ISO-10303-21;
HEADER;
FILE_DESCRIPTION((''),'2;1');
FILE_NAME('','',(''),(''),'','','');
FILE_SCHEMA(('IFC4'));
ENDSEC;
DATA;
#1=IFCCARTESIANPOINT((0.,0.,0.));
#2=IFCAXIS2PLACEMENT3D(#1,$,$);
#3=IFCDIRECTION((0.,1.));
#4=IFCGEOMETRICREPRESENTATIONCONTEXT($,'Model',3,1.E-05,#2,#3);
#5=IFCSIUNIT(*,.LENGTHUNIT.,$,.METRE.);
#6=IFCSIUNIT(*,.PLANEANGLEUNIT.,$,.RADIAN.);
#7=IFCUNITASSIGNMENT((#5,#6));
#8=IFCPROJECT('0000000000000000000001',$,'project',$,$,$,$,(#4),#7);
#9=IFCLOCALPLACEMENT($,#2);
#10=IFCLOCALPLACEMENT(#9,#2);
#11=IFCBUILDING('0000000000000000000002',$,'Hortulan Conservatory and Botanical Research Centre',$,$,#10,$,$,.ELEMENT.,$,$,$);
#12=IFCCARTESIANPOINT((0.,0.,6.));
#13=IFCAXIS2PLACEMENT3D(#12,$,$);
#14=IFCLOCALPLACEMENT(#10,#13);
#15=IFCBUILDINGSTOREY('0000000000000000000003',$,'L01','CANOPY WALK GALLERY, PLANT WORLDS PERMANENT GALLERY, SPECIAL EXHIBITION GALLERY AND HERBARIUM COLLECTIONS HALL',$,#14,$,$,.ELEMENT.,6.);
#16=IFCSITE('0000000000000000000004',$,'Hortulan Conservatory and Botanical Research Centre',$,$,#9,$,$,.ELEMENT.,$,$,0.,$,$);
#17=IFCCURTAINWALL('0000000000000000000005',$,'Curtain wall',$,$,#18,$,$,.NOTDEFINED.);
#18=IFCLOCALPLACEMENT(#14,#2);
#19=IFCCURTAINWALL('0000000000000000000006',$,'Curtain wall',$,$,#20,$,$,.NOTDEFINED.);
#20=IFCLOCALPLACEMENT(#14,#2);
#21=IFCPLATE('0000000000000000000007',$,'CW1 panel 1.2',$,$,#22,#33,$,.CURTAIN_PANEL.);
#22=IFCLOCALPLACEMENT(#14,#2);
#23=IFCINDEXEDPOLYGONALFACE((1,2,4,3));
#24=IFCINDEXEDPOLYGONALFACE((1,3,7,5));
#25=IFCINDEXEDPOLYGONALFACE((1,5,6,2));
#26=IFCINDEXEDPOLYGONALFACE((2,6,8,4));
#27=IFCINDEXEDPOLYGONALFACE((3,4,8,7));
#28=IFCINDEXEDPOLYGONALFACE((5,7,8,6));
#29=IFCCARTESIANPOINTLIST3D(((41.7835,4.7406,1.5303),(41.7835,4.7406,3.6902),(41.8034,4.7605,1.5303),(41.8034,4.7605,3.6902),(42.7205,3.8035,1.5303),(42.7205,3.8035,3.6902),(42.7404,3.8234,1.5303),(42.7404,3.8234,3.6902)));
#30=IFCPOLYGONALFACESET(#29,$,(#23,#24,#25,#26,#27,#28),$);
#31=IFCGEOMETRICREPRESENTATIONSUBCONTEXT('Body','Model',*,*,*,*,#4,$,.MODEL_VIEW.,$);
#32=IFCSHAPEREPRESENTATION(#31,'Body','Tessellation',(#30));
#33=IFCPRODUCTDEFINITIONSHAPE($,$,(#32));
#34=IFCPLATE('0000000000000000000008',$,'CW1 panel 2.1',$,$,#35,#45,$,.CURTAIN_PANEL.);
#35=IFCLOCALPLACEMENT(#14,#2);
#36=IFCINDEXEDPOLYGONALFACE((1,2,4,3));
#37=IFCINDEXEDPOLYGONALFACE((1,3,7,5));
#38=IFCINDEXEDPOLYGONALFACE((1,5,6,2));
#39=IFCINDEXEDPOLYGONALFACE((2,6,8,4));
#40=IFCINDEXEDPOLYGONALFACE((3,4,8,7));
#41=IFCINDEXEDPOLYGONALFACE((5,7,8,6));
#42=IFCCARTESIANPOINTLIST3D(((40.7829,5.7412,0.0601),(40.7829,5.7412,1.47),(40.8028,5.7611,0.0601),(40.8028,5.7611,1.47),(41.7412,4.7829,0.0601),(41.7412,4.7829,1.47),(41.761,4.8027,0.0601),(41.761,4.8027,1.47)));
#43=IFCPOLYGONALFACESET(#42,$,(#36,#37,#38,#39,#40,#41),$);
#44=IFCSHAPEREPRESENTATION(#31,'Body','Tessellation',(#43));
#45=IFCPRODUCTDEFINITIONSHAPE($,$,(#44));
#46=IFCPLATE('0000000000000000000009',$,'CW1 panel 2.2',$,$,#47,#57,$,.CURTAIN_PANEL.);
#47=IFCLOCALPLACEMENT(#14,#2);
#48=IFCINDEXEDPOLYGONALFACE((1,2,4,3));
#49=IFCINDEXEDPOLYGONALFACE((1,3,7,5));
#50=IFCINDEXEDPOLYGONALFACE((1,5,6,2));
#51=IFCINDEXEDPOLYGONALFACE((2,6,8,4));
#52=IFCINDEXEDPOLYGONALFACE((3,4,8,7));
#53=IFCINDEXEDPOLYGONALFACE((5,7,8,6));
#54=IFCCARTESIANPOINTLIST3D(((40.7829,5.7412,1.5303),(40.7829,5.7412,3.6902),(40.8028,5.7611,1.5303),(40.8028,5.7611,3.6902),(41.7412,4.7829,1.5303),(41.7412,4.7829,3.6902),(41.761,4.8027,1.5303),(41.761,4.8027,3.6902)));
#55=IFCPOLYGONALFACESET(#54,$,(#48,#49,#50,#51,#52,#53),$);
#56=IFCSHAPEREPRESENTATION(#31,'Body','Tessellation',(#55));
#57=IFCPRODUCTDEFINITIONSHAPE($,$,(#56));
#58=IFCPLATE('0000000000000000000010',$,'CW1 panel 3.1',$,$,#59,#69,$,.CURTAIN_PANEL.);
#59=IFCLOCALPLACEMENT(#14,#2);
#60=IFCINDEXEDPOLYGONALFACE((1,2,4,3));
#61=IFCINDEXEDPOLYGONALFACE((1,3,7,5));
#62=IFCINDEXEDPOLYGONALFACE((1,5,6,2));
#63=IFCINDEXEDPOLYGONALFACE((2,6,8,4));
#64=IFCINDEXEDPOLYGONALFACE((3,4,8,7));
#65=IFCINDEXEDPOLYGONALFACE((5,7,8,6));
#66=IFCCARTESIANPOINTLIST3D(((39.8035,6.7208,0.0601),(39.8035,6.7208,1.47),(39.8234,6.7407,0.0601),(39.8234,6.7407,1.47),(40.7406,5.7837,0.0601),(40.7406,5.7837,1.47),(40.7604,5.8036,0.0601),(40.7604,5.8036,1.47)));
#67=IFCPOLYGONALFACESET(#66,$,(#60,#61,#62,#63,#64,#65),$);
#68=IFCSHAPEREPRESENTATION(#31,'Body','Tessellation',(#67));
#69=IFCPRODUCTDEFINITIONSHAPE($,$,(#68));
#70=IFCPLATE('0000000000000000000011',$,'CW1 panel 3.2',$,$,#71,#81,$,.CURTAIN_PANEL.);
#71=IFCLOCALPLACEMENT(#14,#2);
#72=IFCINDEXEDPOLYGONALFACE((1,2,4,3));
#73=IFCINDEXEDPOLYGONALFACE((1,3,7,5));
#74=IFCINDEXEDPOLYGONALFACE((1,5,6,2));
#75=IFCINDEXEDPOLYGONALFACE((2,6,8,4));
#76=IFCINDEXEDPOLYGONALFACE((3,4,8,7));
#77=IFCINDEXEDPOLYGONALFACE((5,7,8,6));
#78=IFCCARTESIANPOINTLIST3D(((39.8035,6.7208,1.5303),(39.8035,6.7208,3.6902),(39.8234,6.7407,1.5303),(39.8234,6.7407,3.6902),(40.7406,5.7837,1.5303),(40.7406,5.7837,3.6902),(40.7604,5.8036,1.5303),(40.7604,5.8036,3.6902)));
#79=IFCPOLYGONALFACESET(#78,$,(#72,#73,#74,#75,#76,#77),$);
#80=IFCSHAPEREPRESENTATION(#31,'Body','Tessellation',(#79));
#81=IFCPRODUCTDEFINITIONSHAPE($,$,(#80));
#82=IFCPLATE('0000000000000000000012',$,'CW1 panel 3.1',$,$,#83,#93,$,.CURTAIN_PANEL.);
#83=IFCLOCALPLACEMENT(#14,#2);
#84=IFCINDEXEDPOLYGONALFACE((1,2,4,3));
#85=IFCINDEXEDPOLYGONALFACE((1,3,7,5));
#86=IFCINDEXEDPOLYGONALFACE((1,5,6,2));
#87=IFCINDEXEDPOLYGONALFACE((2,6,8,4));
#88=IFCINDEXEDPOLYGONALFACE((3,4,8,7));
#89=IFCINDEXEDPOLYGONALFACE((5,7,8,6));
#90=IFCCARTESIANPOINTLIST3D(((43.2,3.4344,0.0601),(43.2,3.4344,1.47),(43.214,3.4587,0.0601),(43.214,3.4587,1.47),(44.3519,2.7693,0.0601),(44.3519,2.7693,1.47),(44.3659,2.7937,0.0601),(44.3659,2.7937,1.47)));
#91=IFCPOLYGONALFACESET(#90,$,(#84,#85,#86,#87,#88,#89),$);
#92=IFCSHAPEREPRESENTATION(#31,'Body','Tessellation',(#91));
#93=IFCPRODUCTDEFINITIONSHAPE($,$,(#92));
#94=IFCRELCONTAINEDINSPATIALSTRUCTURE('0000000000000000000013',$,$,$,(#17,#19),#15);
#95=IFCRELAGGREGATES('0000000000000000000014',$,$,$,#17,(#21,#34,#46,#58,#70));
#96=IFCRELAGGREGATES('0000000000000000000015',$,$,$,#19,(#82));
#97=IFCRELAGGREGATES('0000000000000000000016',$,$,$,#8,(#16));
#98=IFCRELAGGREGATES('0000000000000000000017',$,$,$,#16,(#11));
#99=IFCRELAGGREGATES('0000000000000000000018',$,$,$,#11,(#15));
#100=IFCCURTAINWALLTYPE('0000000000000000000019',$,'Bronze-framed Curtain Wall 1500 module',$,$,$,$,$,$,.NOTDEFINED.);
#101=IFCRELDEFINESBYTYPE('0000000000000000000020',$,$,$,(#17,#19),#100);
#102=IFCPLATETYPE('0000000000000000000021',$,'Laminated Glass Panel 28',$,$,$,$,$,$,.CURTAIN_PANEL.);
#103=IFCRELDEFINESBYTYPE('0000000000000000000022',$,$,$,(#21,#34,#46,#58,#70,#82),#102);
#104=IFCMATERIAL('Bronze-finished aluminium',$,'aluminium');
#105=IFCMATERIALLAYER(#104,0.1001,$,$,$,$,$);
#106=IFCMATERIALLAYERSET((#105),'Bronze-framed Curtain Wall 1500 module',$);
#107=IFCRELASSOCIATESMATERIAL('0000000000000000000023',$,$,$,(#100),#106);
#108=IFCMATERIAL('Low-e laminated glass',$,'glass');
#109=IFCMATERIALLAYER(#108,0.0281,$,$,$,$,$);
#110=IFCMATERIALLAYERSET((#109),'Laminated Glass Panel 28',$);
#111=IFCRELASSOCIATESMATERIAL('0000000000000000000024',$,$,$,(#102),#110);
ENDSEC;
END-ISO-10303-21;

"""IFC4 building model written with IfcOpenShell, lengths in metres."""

from ifc_helpers import new_model, si_unit, direction, frame, origin, origin_2d, place, context, subcontext, project, spatial, rectangle, extrude, material, layer, layer_set, type_object, element, aggregate, save


model = new_model("IFC4")

# Units and contexts
model_context = context("Model", 3, precision=1e-05, world=origin(), true_north=direction((0.0, 1.0)))
body_context = subcontext(model_context, "Body", "Model", "MODEL_VIEW")
ifc_project = project(units=[si_unit("LENGTHUNIT", "METRE"), si_unit("PLANEANGLEUNIT", "RADIAN")], contexts=[model_context])

# Site, building, storey
site_placement = place(None, origin())
site = spatial("IfcSite", under=ifc_project, at=site_placement, Name="Hortulan Conservatory and Botanical Research Centre", CompositionType="ELEMENT", RefElevation=0.0)
building_placement = place(site_placement, origin())
building = spatial("IfcBuilding", under=site, at=building_placement, Name="Hortulan Conservatory and Botanical Research Centre", CompositionType="ELEMENT")
storey_placement = place(building_placement, frame((0.0, 0.0, 6.0)))
storey = spatial("IfcBuildingStorey", under=building, at=storey_placement, Name="L01", Description="CANOPY WALK GALLERY, PLANT WORLDS PERMANENT GALLERY, SPECIAL EXHIBITION GALLERY AND HERBARIUM COLLECTIONS HALL", CompositionType="ELEMENT", Elevation=6.0)

# Shared definitions
ifc_material_1 = material(Name="Bronze-finished aluminium", Category="aluminium")
ifc_layer_1 = layer(ifc_material_1, 0.1001)
ifc_layer_set_1 = layer_set([ifc_layer_1], Name="Bronze-framed Curtain Wall 1500 module")
curtain_wall_type = type_object("IfcCurtainWallType", Name="Bronze-framed Curtain Wall 1500 module", PredefinedType="NOTDEFINED", material=ifc_layer_set_1)

# Curtain wall
curtain_wall_1_placement = place(storey_placement, origin())
curtain_wall_1 = element("IfcCurtainWall", 1, at=curtain_wall_1_placement, inside=storey, type_object=curtain_wall_type, Name="Curtain wall", PredefinedType="NOTDEFINED")

# Curtain wall
curtain_wall_2_placement = place(storey_placement, origin())
curtain_wall_2 = element("IfcCurtainWall", 2, at=curtain_wall_2_placement, inside=storey, type_object=curtain_wall_type, Name="Curtain wall", PredefinedType="NOTDEFINED")

# Plates
ifc_material_2 = material(Name="Low-e laminated glass", Category="glass")
ifc_layer_2 = layer(ifc_material_2, 0.0281)
ifc_layer_set_2 = layer_set([ifc_layer_2], Name="Laminated Glass Panel 28")
plate_type = type_object("IfcPlateType", Name="Laminated Glass Panel 28", PredefinedType="CURTAIN_PANEL", material=ifc_layer_set_2)
plate_1_placement = place(storey_placement, frame((42.262, 4.282, 1.5303), z_axis=(0.0, 0.0, 1.0), x_axis=(-0.707083, 0.70713, 0.0)))
plate_1 = element("IfcPlate", 3, at=plate_1_placement, type_object=plate_type, Name="CW1 panel 1.2", PredefinedType="CURTAIN_PANEL", context=body_context, shape_type="SweptSolid", body=[
    extrude(rectangle(XDim=1.3252, YDim=0.0281, at=origin_2d()), origin(), (0.0, 0.0, 1.0), 2.1599),
])
plate_2_placement = place(storey_placement, frame((41.272, 5.272, 0.0601), z_axis=(0.0, 0.0, 1.0), x_axis=(-0.707083, 0.70713, 0.0)))
plate_2 = element("IfcPlate", 4, at=plate_2_placement, type_object=plate_type, Name="CW1 panel 2.1", PredefinedType="CURTAIN_PANEL", context=body_context, shape_type="SweptSolid", body=[
    extrude(rectangle(XDim=1.3552, YDim=0.0281, at=origin_2d()), origin(), (0.0, 0.0, 1.0), 1.4099),
])
plate_3_placement = place(storey_placement, frame((41.272, 5.272, 1.5303), z_axis=(0.0, 0.0, 1.0), x_axis=(-0.707083, 0.70713, 0.0)))
plate_3 = element("IfcPlate", 5, at=plate_3_placement, type_object=plate_type, Name="CW1 panel 2.2", PredefinedType="CURTAIN_PANEL", context=body_context, shape_type="SweptSolid", body=[
    extrude(rectangle(XDim=1.3552, YDim=0.0281, at=origin_2d()), origin(), (0.0, 0.0, 1.0), 2.1599),
])
plate_4_placement = place(storey_placement, frame((40.282, 6.2622, 0.0601), z_axis=(0.0, 0.0, 1.0), x_axis=(-0.707083, 0.70713, 0.0)))
plate_4 = element("IfcPlate", 6, at=plate_4_placement, type_object=plate_type, Name="CW1 panel 3.1", PredefinedType="CURTAIN_PANEL", context=body_context, shape_type="SweptSolid", body=[
    extrude(rectangle(XDim=1.3252, YDim=0.0281, at=origin_2d()), origin(), (0.0, 0.0, 1.0), 1.4099),
])
plate_5_placement = place(storey_placement, frame((40.282, 6.2622, 1.5303), z_axis=(0.0, 0.0, 1.0), x_axis=(-0.707083, 0.70713, 0.0)))
plate_5 = element("IfcPlate", 7, at=plate_5_placement, type_object=plate_type, Name="CW1 panel 3.2", PredefinedType="CURTAIN_PANEL", context=body_context, shape_type="SweptSolid", body=[
    extrude(rectangle(XDim=1.3252, YDim=0.0281, at=origin_2d()), origin(), (0.0, 0.0, 1.0), 2.1599),
])
aggregate(curtain_wall_1, [plate_1, plate_2, plate_3, plate_4, plate_5])
plate_6_placement = place(storey_placement, frame((43.783, 3.114, 0.0601), z_axis=(0.0, 0.0, 1.0), x_axis=(-0.866036, 0.499981, 0.0)))
plate_6 = element("IfcPlate", 8, at=plate_6_placement, type_object=plate_type, Name="CW1 panel 3.1", PredefinedType="CURTAIN_PANEL", context=body_context, shape_type="SweptSolid", body=[
    extrude(rectangle(XDim=1.3301, YDim=0.0281, at=origin_2d()), origin(), (0.0, 0.0, 1.0), 1.4099),
])
aggregate(curtain_wall_2, [plate_6])

save(model, "model.ifc")
